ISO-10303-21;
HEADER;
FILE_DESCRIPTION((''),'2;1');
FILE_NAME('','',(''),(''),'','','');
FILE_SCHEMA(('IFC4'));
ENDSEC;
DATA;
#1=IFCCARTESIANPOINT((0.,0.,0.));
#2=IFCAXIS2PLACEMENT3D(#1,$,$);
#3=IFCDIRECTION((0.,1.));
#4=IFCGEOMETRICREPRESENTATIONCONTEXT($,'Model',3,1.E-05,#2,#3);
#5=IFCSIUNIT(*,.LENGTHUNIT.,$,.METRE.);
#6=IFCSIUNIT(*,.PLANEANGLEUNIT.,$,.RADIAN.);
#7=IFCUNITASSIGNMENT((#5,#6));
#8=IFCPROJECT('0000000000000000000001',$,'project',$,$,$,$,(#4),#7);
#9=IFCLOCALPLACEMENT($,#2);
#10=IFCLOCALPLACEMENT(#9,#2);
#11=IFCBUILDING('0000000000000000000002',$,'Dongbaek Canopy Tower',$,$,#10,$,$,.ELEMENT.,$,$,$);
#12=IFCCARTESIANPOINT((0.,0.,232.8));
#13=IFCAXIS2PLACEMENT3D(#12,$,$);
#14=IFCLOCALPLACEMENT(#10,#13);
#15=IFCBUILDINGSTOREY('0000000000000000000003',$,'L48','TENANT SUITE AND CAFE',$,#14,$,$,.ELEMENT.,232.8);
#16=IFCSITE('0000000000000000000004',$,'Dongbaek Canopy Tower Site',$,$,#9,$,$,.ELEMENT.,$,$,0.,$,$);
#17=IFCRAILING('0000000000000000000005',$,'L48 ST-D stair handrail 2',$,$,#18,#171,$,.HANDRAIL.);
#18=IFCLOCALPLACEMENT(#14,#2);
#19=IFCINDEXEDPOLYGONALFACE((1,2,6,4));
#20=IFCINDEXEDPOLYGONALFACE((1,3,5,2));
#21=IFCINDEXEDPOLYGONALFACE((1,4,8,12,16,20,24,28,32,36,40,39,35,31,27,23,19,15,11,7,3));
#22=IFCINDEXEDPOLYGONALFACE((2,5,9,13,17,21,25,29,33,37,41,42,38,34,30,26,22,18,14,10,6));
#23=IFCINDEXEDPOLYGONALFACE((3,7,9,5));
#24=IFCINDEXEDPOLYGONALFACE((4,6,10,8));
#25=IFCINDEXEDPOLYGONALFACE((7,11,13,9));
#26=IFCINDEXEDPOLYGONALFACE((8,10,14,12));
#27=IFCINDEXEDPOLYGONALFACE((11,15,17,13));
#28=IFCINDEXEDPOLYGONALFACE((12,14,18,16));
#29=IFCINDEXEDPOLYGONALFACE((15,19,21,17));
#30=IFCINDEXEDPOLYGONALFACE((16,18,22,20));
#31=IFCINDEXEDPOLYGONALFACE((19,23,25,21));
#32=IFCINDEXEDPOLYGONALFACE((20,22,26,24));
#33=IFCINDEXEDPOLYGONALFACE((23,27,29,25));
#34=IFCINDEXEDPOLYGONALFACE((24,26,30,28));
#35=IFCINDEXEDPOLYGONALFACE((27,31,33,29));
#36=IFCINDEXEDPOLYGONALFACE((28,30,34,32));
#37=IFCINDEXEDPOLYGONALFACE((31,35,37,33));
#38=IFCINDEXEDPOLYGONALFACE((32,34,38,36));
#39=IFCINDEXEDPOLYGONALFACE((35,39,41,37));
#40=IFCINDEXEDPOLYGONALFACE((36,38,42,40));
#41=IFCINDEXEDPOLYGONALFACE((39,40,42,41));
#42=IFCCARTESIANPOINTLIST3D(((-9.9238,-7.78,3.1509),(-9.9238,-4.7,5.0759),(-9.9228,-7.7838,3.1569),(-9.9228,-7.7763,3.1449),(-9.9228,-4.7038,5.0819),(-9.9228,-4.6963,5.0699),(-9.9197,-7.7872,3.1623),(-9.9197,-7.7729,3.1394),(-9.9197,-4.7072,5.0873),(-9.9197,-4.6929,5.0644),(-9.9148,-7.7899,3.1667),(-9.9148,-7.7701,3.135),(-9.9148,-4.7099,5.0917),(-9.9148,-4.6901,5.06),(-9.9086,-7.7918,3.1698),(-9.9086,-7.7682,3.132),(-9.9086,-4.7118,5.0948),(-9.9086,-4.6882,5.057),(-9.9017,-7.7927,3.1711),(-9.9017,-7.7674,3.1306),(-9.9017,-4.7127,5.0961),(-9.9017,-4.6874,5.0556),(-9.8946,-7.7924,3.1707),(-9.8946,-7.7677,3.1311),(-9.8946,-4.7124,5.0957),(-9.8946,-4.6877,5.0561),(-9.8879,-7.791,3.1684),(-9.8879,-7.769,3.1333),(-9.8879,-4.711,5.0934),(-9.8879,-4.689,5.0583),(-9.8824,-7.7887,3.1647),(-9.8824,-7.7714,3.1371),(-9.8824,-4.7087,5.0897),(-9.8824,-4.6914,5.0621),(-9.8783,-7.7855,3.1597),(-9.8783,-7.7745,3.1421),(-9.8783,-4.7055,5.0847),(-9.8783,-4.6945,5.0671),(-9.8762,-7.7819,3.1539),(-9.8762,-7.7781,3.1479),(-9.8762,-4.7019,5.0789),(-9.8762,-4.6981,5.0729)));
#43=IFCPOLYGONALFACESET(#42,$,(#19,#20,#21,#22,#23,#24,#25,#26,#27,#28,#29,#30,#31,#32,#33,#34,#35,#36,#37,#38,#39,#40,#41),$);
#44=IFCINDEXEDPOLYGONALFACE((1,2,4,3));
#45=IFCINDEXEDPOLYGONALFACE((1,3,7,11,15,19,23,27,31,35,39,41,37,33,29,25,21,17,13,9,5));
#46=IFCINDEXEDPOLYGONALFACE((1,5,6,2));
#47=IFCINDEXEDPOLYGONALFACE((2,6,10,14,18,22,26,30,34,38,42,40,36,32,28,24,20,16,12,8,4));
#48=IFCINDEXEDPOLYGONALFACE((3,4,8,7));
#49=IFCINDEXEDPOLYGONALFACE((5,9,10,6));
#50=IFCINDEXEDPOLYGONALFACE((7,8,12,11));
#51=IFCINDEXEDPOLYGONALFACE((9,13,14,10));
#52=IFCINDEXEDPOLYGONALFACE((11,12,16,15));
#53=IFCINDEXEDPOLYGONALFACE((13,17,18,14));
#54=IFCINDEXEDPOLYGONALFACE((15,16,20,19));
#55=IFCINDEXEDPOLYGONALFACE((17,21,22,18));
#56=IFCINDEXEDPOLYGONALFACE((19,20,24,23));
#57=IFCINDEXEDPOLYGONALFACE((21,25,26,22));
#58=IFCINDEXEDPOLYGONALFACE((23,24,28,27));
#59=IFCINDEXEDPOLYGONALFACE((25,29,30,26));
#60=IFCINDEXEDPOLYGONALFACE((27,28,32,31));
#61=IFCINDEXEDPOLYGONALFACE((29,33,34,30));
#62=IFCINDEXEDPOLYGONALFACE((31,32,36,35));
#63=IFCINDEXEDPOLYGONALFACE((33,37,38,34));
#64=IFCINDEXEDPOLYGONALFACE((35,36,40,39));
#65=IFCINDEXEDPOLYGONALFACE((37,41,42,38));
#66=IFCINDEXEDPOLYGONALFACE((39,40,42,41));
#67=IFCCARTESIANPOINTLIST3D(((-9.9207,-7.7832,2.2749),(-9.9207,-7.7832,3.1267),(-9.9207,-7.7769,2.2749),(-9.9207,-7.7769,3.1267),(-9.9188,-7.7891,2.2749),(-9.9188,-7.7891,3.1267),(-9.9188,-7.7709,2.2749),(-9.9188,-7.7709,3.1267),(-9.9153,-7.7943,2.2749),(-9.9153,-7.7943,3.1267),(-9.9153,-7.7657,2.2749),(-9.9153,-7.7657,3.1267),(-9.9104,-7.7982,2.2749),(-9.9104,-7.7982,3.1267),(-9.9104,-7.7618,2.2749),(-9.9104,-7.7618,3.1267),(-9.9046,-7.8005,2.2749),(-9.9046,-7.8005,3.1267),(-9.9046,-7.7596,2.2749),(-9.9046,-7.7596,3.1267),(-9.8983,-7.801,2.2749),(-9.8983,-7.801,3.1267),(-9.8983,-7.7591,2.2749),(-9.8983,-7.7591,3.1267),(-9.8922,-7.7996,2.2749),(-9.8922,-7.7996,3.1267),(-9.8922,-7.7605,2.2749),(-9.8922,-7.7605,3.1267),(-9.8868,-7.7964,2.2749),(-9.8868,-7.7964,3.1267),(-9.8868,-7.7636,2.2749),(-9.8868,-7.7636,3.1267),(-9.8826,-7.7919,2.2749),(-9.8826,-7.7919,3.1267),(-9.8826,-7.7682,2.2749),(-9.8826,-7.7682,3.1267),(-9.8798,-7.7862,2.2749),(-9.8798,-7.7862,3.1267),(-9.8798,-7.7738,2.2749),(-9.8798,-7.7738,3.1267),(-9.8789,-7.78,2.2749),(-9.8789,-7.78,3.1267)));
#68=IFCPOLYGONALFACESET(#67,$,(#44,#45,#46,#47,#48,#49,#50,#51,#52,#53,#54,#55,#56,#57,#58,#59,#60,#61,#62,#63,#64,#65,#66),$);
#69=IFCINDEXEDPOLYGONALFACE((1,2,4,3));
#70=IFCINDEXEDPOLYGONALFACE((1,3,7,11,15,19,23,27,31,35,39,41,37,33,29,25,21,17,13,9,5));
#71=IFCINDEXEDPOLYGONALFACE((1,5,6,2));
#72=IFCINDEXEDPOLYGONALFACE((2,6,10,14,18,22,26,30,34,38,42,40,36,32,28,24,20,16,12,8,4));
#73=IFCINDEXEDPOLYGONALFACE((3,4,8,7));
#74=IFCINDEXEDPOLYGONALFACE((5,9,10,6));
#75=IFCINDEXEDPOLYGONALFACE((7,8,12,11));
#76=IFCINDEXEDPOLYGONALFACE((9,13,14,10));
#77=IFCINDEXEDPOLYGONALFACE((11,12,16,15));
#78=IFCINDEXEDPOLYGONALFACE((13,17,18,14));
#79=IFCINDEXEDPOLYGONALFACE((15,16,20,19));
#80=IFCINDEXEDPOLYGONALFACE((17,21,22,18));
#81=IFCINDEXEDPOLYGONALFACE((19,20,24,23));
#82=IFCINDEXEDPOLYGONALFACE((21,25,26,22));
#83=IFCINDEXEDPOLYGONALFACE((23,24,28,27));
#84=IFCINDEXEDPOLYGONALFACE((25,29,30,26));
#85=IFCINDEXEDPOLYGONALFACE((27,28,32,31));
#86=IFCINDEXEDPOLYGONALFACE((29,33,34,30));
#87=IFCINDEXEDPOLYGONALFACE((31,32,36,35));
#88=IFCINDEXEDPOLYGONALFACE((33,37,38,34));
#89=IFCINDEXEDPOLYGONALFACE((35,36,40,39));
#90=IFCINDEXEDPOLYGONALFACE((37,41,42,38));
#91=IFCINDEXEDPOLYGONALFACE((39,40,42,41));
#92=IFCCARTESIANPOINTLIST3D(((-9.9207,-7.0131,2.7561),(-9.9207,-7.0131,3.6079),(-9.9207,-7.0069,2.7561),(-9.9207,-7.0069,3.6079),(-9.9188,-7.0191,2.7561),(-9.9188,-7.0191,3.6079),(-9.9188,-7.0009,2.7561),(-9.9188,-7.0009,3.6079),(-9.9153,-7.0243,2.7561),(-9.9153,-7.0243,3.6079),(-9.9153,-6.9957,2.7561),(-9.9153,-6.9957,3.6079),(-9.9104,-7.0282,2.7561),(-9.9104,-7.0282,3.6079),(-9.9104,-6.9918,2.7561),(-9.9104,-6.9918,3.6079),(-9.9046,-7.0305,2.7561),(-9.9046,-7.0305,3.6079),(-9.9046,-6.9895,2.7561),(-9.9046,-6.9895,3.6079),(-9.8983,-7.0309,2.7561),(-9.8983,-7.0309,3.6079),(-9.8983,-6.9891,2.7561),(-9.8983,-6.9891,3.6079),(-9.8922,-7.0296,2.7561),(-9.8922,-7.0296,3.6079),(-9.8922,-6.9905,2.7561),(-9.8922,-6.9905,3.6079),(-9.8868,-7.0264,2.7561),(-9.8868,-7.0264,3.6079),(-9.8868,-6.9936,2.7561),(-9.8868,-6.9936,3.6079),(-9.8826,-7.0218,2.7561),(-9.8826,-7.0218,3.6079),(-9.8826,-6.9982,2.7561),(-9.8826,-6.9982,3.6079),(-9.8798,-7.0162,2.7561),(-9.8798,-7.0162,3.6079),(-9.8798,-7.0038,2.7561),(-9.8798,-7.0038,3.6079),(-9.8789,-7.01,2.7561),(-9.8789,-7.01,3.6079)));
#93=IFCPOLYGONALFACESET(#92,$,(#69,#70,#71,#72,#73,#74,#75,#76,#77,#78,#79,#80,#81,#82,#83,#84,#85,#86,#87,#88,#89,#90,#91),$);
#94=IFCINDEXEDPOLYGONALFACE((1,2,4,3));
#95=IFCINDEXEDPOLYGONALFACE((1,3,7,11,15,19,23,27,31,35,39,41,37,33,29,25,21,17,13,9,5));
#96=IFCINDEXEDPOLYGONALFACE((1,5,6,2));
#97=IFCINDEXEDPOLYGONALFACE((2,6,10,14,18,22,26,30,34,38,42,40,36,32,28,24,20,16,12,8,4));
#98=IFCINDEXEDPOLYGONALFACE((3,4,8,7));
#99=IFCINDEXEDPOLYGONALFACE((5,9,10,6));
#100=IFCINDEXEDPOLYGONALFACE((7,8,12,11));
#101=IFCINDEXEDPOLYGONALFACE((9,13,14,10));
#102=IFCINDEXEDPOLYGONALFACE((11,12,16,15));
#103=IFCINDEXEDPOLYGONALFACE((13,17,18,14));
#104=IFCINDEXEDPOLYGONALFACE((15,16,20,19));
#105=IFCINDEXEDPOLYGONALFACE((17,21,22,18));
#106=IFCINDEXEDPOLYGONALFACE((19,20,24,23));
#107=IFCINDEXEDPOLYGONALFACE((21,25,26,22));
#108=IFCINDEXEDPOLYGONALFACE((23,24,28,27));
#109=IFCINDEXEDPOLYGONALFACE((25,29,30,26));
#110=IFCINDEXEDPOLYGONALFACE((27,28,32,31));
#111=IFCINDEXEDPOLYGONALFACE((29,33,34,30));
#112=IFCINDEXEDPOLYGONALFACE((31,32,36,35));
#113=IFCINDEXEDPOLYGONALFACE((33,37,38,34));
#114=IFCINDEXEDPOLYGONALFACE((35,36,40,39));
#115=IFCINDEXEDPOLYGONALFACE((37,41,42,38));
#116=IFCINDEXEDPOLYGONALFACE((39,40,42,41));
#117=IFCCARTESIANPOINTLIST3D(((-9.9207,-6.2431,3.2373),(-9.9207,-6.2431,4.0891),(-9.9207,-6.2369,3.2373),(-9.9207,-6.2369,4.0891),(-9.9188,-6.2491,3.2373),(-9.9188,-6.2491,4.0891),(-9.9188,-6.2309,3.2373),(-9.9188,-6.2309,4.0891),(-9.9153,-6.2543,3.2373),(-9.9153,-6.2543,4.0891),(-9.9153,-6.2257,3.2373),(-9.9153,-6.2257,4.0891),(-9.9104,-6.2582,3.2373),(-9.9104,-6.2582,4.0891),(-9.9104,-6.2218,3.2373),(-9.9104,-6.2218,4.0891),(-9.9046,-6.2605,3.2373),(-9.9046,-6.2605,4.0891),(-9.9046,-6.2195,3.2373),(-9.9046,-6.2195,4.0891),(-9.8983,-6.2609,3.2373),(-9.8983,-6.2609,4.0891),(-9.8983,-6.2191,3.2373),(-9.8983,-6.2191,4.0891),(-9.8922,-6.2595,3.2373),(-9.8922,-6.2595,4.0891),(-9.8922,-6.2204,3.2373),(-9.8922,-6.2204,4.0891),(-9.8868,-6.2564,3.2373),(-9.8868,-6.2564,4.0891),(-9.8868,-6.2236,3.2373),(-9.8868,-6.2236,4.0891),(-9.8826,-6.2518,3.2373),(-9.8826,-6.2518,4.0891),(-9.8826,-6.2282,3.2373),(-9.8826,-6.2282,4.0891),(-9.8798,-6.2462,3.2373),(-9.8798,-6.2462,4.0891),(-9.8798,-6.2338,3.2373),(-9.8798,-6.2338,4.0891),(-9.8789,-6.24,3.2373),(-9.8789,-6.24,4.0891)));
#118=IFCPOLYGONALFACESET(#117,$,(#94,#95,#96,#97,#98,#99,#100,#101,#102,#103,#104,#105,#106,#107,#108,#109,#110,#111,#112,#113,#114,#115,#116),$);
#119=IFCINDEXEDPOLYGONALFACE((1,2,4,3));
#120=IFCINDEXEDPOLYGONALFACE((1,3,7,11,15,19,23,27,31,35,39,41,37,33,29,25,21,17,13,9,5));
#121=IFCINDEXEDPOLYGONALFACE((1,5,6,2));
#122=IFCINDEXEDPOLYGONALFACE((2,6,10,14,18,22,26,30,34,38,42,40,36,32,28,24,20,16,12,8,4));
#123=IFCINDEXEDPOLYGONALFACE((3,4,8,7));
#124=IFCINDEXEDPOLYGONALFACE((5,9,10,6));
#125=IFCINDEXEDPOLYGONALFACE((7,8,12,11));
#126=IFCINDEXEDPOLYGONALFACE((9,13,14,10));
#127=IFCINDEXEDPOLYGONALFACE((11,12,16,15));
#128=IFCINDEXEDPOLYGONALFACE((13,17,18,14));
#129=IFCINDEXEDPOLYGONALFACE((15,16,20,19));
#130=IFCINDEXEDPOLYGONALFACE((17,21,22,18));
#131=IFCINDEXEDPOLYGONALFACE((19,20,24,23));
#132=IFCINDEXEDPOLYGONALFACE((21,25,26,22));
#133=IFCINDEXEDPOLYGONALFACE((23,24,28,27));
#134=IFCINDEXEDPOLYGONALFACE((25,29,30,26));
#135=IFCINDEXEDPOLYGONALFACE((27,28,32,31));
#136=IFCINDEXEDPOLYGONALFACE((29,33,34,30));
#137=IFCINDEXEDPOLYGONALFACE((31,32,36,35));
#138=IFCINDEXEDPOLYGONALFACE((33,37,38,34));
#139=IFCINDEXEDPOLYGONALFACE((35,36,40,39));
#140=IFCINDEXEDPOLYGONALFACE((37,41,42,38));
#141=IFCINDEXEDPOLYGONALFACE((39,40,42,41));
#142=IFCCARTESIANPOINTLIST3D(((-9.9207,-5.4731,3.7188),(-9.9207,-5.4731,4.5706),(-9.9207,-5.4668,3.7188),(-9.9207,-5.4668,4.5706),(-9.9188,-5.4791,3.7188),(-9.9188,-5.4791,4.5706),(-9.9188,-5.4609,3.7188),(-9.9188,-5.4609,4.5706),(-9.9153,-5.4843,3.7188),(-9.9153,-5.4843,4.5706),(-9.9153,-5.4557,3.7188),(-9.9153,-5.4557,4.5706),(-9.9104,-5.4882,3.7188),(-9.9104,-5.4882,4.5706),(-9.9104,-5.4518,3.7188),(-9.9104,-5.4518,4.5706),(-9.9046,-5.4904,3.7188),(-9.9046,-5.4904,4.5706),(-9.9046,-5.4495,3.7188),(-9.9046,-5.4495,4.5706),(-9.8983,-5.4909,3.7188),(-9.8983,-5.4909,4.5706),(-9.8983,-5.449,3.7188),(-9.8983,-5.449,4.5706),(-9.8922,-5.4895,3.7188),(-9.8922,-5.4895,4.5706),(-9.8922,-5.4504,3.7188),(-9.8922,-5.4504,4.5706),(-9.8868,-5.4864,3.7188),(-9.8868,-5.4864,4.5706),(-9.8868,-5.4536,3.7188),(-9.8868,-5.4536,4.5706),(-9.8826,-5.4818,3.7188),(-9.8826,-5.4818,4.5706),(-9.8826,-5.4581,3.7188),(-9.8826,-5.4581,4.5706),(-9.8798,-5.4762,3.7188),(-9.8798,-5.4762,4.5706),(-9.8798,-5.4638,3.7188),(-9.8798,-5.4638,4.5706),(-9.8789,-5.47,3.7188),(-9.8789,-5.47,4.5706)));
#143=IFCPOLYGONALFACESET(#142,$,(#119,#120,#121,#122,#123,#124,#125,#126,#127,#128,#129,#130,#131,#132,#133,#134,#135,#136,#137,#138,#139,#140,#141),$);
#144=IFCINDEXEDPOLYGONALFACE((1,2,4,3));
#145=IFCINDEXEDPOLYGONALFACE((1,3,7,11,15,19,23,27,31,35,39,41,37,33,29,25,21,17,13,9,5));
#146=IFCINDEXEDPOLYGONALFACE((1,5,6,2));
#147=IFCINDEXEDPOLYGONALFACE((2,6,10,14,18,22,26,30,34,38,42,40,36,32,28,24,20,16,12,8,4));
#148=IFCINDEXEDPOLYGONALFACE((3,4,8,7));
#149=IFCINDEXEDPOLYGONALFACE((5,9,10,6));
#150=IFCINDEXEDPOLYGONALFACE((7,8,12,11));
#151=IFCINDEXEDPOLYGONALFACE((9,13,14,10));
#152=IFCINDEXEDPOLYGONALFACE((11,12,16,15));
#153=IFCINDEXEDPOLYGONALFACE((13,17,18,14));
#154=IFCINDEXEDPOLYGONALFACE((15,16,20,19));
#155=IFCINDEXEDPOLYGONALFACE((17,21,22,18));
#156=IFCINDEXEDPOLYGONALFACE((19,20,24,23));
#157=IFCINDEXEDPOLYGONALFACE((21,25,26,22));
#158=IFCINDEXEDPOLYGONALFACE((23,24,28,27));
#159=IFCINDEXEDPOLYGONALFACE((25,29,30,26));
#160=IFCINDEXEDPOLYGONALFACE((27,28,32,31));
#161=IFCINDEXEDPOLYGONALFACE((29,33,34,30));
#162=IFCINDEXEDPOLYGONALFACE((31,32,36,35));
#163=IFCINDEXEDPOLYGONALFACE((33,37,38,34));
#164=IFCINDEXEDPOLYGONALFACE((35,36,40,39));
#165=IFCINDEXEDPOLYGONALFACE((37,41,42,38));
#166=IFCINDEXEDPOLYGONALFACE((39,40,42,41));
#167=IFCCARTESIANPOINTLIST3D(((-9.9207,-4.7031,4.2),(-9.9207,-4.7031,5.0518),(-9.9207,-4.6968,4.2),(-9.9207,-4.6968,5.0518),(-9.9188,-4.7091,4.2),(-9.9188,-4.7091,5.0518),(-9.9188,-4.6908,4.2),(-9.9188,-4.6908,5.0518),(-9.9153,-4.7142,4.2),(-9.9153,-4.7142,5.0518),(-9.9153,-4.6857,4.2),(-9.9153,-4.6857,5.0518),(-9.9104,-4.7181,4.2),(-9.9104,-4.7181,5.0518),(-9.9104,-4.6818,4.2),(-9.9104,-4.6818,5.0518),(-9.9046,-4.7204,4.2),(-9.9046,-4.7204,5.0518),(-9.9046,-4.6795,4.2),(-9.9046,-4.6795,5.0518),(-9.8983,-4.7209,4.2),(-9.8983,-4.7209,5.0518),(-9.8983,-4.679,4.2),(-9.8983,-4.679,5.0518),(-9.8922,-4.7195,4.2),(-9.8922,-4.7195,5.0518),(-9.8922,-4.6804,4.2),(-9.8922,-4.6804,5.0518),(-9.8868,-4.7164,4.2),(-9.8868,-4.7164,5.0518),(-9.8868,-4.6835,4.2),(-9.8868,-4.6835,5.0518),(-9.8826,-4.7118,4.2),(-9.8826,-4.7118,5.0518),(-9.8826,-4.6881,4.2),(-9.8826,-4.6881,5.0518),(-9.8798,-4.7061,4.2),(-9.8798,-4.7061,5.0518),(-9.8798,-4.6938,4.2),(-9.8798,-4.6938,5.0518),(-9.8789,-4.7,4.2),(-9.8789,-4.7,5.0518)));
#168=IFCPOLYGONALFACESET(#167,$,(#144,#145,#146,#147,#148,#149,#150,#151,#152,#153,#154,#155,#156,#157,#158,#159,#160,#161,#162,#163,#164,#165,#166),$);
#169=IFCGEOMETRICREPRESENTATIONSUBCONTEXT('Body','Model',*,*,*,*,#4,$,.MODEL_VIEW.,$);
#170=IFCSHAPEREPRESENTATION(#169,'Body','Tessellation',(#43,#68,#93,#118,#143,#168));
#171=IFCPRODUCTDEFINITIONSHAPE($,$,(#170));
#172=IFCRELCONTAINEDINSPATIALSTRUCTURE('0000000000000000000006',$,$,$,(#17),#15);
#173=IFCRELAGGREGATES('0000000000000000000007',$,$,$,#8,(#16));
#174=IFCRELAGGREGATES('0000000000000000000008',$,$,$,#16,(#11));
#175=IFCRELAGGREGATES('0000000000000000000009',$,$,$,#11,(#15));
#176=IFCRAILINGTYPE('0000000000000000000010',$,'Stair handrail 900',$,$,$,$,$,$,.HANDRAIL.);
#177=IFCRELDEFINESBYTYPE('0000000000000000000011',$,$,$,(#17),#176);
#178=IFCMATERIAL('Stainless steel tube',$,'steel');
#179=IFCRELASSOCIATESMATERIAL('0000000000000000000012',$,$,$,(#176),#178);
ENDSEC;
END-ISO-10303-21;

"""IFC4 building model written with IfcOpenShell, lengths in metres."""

from ifc_helpers import new_model, si_unit, direction, frame, origin, origin_2d, place, context, subcontext, project, spatial, circle, extrude, material, type_object, element, save


model = new_model("IFC4")

# Units and contexts
model_context = context("Model", 3, precision=1e-05, world=origin(), true_north=direction((0.0, 1.0)))
body_context = subcontext(model_context, "Body", "Model", "MODEL_VIEW")
ifc_project = project(units=[si_unit("LENGTHUNIT", "METRE"), si_unit("PLANEANGLEUNIT", "RADIAN")], contexts=[model_context])

# Site, building, storey
site_placement = place(None, origin())
site = spatial("IfcSite", under=ifc_project, at=site_placement, Name="Dongbaek Canopy Tower Site", CompositionType="ELEMENT", RefElevation=0.0)
building_placement = place(site_placement, origin())
building = spatial("IfcBuilding", under=site, at=building_placement, Name="Dongbaek Canopy Tower", CompositionType="ELEMENT")
storey_placement = place(building_placement, frame((0.0, 0.0, 232.8)))
storey = spatial("IfcBuildingStorey", under=building, at=storey_placement, Name="L48", Description="TENANT SUITE AND CAFE", CompositionType="ELEMENT", Elevation=232.8)

# Railing
ifc_material_1 = material(Name="Stainless steel tube", Category="steel")
railing_type_1 = type_object("IfcRailingType", Name="Stair handrail 900", PredefinedType="HANDRAIL", material=ifc_material_1)
railing_1_placement = place(storey_placement, frame((-9.8999, -7.78, 2.2749)))
element("IfcRailing", 1, at=railing_1_placement, inside=storey, type_object=railing_type_1, Name="L48 ST-D stair handrail 2", PredefinedType="HANDRAIL", context=body_context, shape_type="SweptSolid", body=[
    extrude(circle(Radius=0.0239, at=origin_2d()), frame((0.0, 0.0, 0.876), z_axis=(0.0, 0.847998, 0.529999), x_axis=(-1.0, 0.0, 0.0)), (0.0, 0.0, 1.0), 3.6321),
    extrude(circle(Radius=0.021, at=origin_2d()), origin(), (0.0, 0.0, 1.0), 0.8518),
    extrude(circle(Radius=0.021, at=origin_2d()), frame((0.0, 0.77, 0.4812)), (0.0, 0.0, 1.0), 0.8518),
    extrude(circle(Radius=0.021, at=origin_2d()), frame((0.0, 1.54, 0.9624)), (0.0, 0.0, 1.0), 0.8518),
    extrude(circle(Radius=0.021, at=origin_2d()), frame((0.0, 2.3101, 1.4438)), (0.0, 0.0, 1.0), 0.8518),
    extrude(circle(Radius=0.021, at=origin_2d()), frame((0.0, 3.0801, 1.925)), (0.0, 0.0, 1.0), 0.8518),
])

save(model, "model.ifc")
